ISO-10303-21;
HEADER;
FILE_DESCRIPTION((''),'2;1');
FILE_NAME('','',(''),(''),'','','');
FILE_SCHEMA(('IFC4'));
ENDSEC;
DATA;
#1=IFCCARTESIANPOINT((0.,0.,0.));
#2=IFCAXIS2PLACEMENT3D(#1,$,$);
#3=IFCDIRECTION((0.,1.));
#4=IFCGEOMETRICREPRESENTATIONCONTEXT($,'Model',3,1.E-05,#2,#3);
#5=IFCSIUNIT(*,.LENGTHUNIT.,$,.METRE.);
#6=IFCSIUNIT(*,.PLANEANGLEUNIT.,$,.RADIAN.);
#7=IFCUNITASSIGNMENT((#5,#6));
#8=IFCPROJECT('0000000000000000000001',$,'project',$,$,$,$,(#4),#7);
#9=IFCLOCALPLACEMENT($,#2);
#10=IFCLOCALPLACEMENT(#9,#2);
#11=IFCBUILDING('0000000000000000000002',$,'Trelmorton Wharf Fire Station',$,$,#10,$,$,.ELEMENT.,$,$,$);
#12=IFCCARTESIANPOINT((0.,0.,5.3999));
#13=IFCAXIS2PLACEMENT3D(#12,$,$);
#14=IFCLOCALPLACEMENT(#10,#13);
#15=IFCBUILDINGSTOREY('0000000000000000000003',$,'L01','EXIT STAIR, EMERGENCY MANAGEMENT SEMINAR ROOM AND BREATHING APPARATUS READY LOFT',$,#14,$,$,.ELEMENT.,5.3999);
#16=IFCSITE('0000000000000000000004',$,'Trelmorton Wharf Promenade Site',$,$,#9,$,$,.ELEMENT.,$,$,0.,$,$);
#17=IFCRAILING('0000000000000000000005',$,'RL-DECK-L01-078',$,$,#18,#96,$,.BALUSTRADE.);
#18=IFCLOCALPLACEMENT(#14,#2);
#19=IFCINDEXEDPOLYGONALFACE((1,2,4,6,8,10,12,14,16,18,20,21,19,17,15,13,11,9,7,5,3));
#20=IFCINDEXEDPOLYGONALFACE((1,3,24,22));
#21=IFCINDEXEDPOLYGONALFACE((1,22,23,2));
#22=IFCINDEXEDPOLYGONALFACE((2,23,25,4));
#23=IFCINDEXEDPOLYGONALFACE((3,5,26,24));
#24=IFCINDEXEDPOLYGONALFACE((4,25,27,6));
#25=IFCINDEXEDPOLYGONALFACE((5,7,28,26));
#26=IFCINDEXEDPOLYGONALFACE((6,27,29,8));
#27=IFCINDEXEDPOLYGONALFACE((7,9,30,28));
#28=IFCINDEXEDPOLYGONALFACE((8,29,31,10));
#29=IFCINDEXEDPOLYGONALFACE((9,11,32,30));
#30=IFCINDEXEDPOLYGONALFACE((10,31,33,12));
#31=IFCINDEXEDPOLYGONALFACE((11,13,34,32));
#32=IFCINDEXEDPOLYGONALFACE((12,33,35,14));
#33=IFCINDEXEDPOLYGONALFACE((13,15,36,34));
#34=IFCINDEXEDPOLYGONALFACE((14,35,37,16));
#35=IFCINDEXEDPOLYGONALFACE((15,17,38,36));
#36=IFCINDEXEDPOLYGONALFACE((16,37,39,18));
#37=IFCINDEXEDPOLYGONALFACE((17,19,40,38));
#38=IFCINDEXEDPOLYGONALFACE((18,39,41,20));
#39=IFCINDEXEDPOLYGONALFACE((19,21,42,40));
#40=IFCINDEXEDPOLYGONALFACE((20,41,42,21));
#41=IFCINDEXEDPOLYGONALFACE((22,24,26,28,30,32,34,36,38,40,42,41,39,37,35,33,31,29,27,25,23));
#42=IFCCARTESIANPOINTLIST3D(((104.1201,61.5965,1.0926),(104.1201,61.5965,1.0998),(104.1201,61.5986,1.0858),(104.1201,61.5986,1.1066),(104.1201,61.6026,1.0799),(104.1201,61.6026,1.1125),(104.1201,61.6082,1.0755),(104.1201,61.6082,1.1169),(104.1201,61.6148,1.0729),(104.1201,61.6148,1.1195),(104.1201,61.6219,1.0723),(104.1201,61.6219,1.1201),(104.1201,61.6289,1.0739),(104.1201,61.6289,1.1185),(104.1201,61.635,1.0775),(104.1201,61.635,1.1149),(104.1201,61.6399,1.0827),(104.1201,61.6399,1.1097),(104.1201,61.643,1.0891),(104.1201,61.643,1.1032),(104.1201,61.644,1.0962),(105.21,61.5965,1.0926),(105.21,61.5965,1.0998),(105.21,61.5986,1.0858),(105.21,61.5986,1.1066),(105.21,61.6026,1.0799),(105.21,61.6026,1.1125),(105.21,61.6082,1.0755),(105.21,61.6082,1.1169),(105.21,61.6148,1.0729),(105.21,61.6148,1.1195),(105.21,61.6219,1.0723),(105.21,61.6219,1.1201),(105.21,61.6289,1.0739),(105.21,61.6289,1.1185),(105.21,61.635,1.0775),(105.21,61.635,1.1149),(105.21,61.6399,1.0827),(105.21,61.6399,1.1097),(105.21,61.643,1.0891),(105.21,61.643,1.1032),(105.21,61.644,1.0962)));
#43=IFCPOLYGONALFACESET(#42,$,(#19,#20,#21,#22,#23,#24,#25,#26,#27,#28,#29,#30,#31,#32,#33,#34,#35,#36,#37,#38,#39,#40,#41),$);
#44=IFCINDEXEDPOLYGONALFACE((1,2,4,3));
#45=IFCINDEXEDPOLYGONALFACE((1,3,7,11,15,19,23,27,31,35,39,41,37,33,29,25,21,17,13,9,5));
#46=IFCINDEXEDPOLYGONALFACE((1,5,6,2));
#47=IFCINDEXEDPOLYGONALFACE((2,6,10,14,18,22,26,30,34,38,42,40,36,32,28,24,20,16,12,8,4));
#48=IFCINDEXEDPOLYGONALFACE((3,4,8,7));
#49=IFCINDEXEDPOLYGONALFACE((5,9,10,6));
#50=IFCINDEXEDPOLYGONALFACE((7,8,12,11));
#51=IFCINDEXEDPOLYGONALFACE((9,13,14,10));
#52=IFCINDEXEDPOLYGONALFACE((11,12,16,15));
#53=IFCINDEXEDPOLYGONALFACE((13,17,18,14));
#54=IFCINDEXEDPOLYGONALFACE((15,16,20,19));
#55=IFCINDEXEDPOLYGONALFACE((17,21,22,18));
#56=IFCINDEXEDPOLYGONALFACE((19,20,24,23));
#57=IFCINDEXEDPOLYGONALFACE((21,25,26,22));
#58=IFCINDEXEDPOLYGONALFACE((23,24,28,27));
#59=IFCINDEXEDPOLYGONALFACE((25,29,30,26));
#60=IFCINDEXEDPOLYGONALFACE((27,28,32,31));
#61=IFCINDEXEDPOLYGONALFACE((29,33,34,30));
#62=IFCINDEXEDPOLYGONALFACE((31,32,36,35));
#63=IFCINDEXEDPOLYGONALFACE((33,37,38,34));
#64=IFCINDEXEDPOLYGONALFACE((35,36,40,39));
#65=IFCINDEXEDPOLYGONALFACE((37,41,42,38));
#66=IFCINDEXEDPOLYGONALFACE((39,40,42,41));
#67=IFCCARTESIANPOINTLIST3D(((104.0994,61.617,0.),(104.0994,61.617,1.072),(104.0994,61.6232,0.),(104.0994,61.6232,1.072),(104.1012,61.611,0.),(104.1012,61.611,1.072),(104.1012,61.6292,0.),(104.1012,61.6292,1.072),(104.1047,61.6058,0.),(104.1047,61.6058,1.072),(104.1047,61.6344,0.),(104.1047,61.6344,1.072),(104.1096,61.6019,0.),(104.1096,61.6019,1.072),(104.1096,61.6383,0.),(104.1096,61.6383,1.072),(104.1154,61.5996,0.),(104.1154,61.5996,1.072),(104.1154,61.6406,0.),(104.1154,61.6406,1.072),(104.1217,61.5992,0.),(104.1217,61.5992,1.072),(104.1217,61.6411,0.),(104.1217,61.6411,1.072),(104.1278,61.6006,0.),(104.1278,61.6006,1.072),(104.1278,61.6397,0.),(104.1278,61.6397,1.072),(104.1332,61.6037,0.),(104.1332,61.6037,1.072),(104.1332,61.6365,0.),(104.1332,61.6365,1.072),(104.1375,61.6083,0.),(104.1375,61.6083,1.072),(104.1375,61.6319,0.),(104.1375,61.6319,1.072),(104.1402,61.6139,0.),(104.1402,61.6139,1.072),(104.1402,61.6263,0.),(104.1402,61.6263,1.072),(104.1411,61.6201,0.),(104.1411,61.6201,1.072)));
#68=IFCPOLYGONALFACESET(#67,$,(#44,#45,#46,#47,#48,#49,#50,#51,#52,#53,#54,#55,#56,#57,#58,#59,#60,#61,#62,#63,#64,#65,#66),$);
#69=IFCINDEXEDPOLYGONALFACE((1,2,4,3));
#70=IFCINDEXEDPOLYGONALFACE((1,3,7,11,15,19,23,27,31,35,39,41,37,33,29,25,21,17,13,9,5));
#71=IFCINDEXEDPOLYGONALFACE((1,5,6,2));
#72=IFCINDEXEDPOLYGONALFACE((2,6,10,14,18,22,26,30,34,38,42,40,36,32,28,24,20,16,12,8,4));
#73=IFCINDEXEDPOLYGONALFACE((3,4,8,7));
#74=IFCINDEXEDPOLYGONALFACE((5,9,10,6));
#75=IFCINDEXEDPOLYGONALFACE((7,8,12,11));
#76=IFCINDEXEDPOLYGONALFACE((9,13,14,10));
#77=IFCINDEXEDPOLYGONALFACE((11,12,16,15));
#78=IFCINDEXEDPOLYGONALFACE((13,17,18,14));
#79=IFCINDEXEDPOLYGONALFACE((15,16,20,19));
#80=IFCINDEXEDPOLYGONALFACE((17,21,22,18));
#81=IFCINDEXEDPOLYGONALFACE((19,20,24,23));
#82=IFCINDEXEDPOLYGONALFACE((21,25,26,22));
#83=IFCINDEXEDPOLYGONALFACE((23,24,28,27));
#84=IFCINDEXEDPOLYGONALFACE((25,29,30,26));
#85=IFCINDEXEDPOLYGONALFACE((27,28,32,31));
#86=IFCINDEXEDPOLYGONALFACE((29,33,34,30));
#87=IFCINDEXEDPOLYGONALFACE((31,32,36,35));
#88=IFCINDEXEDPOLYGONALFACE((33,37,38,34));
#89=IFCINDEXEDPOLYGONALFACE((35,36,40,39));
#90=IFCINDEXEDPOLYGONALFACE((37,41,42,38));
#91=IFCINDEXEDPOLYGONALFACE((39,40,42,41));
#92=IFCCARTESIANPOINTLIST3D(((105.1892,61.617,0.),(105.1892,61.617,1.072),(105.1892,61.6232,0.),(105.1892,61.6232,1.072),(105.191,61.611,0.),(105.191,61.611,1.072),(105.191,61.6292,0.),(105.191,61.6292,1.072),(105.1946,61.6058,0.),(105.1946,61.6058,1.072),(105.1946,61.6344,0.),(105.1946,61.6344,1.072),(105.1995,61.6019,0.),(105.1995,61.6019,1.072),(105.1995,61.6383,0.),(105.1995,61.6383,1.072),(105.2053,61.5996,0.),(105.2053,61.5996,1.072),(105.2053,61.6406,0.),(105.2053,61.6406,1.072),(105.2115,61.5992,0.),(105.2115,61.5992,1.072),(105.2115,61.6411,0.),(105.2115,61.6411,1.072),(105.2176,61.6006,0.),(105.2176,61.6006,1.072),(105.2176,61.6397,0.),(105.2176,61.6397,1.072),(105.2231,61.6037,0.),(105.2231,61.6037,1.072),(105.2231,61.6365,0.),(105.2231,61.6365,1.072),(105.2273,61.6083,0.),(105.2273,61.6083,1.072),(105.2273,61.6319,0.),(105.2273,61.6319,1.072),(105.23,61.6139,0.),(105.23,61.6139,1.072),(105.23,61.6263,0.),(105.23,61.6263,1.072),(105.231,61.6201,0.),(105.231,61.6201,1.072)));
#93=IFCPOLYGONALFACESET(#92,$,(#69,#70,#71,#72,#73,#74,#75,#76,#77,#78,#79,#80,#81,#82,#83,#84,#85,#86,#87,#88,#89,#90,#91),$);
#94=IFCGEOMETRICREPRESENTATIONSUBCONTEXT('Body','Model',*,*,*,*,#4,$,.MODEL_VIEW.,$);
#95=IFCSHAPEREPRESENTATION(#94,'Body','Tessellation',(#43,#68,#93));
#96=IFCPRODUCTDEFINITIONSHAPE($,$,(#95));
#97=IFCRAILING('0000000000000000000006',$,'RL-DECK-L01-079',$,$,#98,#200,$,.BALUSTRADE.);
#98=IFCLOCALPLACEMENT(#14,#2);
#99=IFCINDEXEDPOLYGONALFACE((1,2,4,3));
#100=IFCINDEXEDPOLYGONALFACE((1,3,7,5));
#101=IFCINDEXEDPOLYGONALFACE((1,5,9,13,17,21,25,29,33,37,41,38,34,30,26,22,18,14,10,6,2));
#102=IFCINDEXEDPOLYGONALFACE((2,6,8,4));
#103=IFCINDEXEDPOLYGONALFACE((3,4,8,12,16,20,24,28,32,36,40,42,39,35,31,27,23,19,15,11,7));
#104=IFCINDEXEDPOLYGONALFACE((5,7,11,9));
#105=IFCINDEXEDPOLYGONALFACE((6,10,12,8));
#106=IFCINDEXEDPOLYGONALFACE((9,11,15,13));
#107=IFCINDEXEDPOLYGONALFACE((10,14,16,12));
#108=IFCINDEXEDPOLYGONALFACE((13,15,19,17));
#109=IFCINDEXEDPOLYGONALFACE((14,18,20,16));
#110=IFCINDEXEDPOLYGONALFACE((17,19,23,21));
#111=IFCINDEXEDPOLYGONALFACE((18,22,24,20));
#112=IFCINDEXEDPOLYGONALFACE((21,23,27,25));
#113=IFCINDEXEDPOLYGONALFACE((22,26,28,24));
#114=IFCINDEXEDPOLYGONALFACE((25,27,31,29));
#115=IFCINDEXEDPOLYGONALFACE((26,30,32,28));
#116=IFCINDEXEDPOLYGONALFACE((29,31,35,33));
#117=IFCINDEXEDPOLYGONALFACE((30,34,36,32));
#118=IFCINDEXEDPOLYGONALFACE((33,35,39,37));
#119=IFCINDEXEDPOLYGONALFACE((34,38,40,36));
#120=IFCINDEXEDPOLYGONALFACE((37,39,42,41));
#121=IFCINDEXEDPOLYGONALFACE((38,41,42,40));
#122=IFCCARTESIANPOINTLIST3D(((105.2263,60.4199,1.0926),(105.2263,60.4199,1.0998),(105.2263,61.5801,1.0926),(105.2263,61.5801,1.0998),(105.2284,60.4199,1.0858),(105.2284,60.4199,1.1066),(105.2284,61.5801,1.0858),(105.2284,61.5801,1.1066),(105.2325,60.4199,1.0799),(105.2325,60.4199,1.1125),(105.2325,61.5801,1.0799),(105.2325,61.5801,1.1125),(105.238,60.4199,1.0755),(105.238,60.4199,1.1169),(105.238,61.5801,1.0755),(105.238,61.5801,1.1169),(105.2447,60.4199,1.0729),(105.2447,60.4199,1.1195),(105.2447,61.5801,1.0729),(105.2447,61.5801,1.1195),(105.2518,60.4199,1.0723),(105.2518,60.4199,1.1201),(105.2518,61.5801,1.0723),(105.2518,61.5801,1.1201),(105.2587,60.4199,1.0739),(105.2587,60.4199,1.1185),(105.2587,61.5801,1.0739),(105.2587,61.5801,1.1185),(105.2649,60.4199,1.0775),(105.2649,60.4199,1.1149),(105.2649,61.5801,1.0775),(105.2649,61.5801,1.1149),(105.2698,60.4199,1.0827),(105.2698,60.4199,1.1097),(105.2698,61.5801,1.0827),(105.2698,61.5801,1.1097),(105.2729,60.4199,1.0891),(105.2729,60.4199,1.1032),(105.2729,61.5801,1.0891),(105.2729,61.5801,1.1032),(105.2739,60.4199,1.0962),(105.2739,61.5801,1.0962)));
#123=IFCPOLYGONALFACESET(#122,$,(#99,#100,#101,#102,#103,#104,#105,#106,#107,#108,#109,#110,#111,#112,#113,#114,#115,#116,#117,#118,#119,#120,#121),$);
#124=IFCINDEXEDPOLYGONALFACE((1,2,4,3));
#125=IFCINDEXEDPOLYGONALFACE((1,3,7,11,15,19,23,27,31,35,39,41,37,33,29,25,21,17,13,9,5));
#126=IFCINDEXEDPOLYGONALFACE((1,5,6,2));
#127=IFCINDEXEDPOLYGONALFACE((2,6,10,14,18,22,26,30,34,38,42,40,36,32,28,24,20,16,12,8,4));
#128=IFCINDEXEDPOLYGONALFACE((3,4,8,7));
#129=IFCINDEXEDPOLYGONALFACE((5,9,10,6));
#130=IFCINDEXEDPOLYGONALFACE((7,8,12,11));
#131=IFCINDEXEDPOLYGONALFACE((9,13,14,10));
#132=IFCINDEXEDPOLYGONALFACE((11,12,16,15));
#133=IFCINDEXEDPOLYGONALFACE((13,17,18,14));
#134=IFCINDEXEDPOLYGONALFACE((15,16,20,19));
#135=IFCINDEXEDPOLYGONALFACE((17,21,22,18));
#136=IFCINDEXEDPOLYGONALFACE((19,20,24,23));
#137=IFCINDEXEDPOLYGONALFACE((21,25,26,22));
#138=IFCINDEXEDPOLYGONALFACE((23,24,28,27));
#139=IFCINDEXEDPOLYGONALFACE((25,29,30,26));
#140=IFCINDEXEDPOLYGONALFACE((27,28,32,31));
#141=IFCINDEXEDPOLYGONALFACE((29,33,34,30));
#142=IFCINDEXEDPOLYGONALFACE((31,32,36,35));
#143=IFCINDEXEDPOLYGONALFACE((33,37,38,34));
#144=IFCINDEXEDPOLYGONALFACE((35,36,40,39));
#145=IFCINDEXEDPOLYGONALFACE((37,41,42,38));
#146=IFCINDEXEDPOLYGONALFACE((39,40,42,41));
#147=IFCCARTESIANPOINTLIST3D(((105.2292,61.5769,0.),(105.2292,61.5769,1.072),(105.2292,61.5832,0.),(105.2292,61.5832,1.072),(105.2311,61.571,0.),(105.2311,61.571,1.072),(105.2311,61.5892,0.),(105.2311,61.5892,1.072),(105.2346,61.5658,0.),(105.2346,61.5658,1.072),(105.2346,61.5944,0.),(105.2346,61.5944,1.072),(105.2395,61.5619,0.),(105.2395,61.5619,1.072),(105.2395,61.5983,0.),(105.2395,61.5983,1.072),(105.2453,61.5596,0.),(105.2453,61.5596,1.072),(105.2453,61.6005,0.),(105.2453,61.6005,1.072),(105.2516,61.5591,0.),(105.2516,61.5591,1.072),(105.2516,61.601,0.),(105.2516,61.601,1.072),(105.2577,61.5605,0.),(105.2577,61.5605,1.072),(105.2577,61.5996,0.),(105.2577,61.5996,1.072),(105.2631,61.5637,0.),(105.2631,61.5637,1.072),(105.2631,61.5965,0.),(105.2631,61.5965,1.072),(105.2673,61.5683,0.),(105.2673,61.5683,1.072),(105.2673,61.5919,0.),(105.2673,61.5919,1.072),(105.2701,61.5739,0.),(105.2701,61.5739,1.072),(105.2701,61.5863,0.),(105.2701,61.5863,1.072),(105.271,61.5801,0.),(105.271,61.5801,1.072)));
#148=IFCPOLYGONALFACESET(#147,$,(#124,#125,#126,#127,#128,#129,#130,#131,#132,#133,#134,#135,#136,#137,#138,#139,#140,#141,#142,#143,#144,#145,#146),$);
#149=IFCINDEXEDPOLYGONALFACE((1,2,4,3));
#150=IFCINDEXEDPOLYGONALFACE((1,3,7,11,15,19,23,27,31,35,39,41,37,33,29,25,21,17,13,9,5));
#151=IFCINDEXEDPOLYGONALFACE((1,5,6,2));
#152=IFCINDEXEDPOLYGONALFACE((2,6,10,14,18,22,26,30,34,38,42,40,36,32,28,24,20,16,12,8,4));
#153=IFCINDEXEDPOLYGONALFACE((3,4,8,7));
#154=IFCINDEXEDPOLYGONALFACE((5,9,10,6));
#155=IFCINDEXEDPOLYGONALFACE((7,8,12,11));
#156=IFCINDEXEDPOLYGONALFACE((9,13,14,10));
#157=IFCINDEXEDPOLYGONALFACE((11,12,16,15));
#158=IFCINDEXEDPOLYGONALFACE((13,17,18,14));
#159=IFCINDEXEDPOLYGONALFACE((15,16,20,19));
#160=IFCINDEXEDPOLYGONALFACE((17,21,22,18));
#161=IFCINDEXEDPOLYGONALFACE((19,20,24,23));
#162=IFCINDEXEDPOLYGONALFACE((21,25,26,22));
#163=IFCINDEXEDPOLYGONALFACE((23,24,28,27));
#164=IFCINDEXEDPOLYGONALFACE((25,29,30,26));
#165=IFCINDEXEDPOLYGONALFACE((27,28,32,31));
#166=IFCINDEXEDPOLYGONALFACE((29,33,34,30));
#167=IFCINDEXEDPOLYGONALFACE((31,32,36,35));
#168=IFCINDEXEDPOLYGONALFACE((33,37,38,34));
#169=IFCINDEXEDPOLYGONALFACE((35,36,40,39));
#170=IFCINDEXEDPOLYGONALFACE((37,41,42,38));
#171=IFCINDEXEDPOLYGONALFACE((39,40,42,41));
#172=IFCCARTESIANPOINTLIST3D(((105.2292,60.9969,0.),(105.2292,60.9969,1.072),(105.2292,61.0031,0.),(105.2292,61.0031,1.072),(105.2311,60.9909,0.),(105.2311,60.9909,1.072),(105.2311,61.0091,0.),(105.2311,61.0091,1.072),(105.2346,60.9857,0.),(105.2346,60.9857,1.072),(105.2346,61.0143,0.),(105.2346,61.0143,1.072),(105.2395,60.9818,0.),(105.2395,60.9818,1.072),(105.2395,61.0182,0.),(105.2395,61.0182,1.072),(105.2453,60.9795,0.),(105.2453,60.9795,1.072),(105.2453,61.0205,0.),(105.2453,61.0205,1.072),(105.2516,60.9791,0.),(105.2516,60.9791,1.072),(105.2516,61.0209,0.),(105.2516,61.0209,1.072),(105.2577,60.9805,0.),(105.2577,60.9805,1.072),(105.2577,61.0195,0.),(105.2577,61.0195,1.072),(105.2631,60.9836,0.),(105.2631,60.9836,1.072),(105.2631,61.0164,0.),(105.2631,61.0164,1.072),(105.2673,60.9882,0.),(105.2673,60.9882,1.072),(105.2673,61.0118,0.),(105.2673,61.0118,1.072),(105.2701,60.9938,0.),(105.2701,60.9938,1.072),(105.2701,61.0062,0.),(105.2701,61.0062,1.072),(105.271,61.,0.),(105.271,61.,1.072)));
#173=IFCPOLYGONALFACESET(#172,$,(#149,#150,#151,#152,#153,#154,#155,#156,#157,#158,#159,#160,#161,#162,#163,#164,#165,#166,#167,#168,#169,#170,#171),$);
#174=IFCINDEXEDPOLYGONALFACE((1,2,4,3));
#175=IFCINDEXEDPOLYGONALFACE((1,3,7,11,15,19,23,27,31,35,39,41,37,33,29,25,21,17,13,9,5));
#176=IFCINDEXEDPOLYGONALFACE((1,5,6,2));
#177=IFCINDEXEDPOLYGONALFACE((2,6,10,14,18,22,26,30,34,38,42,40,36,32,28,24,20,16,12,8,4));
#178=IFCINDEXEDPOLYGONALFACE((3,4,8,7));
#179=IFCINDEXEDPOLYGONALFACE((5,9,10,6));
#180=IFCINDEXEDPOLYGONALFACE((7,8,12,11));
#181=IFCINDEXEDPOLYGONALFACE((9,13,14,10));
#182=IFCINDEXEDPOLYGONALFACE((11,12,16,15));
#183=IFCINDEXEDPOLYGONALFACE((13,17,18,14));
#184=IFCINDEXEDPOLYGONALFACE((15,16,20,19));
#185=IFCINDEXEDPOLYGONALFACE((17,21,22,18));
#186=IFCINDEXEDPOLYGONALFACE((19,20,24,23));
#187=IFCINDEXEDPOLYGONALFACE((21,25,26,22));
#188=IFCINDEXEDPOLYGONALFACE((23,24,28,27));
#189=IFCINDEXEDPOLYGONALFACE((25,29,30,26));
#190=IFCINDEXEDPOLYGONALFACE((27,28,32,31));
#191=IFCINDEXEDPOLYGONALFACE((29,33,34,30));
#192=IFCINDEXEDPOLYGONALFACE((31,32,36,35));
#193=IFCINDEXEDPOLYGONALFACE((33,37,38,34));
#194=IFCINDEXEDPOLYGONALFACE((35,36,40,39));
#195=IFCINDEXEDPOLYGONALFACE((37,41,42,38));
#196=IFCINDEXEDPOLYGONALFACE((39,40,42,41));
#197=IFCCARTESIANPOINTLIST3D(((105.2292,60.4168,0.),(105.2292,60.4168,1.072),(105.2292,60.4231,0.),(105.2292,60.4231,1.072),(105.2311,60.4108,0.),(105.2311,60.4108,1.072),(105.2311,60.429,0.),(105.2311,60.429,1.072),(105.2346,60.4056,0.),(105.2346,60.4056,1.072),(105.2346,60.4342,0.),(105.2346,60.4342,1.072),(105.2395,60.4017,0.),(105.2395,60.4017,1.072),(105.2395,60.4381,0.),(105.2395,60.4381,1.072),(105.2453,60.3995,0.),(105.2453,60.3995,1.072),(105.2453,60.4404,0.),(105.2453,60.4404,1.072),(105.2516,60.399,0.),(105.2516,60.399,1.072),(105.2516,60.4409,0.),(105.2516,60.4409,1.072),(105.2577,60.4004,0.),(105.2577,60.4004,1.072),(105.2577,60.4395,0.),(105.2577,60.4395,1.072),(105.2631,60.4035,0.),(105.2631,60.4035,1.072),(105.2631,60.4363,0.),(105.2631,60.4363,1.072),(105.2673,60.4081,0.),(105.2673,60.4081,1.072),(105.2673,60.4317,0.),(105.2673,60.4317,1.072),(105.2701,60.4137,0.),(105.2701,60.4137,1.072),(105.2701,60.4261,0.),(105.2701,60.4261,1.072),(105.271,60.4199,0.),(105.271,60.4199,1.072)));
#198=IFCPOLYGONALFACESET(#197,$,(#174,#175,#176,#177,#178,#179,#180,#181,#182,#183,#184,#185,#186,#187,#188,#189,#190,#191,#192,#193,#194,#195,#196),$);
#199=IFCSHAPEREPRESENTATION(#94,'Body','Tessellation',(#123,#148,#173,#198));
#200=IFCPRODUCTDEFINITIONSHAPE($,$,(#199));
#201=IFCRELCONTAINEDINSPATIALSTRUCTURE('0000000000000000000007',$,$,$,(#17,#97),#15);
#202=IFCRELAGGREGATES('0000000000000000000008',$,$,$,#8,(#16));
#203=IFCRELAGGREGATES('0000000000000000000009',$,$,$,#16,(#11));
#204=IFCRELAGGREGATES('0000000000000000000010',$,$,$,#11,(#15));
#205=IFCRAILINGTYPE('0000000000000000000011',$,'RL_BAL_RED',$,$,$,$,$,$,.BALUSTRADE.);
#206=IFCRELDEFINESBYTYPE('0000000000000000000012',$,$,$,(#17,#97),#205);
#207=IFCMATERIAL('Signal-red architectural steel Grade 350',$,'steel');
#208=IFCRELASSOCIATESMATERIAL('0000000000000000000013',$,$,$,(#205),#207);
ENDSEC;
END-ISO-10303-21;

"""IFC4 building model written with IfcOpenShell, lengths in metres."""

from ifc_helpers import new_model, si_unit, direction, frame, origin, origin_2d, place, context, subcontext, project, spatial, circle, extrude, material, type_object, element, save


model = new_model("IFC4")

# Units and contexts
model_context = context("Model", 3, precision=1e-05, world=origin(), true_north=direction((0.0, 1.0)))
body_context = subcontext(model_context, "Body", "Model", "MODEL_VIEW")
ifc_project = project(units=[si_unit("LENGTHUNIT", "METRE"), si_unit("PLANEANGLEUNIT", "RADIAN")], contexts=[model_context])

# Site, building, storey
site_placement = place(None, origin())
site = spatial("IfcSite", under=ifc_project, at=site_placement, Name="Trelmorton Wharf Promenade Site", CompositionType="ELEMENT", RefElevation=0.0)
building_placement = place(site_placement, origin())
building = spatial("IfcBuilding", under=site, at=building_placement, Name="Trelmorton Wharf Fire Station", CompositionType="ELEMENT")
storey_placement = place(building_placement, frame((0.0, 0.0, 5.3999)))
storey = spatial("IfcBuildingStorey", under=building, at=storey_placement, Name="L01", Description="EXIT STAIR, EMERGENCY MANAGEMENT SEMINAR ROOM AND BREATHING APPARATUS READY LOFT", CompositionType="ELEMENT", Elevation=5.3999)

# Railings
ifc_material_1 = material(Name="Signal-red architectural steel Grade 350", Category="steel")
railing_type = type_object("IfcRailingType", Name="RL_BAL_RED", PredefinedType="BALUSTRADE", material=ifc_material_1)
railing_1_placement = place(storey_placement, frame((104.1201, 61.6201, 0.0)))
element("IfcRailing", 1, at=railing_1_placement, inside=storey, type_object=railing_type, Name="RL-DECK-L01-078", PredefinedType="BALUSTRADE", context=body_context, shape_type="SweptSolid", body=[
    extrude(circle(Radius=0.0239, at=origin_2d()), frame((0.0, 0.0, 1.0962), z_axis=(1.0, 0.0, 0.0), x_axis=(0.0, 1.0, 0.0)), (0.0, 0.0, 1.0), 1.0898),
    extrude(circle(Radius=0.021, at=origin_2d()), origin(), (0.0, 0.0, 1.0), 1.072),
    extrude(circle(Radius=0.021, at=origin_2d()), frame((1.0898, 0.0, 0.0)), (0.0, 0.0, 1.0), 1.072),
])
railing_2_placement = place(storey_placement, frame((105.25, 61.5801, 0.0)))
element("IfcRailing", 2, at=railing_2_placement, inside=storey, type_object=railing_type, Name="RL-DECK-L01-079", PredefinedType="BALUSTRADE", context=body_context, shape_type="SweptSolid", body=[
    extrude(circle(Radius=0.0239, at=origin_2d()), frame((0.0, 0.0, 1.0962), z_axis=(0.0, -1.0, 0.0), x_axis=(1.0, 0.0, 0.0)), (0.0, 0.0, 1.0), 1.1602),
    extrude(circle(Radius=0.021, at=origin_2d()), origin(), (0.0, 0.0, 1.0), 1.072),
    extrude(circle(Radius=0.021, at=origin_2d()), frame((0.0, -0.5801, 0.0)), (0.0, 0.0, 1.0), 1.072),
    extrude(circle(Radius=0.021, at=origin_2d()), frame((0.0, -1.1602, 0.0)), (0.0, 0.0, 1.0), 1.072),
])

save(model, "model.ifc")
